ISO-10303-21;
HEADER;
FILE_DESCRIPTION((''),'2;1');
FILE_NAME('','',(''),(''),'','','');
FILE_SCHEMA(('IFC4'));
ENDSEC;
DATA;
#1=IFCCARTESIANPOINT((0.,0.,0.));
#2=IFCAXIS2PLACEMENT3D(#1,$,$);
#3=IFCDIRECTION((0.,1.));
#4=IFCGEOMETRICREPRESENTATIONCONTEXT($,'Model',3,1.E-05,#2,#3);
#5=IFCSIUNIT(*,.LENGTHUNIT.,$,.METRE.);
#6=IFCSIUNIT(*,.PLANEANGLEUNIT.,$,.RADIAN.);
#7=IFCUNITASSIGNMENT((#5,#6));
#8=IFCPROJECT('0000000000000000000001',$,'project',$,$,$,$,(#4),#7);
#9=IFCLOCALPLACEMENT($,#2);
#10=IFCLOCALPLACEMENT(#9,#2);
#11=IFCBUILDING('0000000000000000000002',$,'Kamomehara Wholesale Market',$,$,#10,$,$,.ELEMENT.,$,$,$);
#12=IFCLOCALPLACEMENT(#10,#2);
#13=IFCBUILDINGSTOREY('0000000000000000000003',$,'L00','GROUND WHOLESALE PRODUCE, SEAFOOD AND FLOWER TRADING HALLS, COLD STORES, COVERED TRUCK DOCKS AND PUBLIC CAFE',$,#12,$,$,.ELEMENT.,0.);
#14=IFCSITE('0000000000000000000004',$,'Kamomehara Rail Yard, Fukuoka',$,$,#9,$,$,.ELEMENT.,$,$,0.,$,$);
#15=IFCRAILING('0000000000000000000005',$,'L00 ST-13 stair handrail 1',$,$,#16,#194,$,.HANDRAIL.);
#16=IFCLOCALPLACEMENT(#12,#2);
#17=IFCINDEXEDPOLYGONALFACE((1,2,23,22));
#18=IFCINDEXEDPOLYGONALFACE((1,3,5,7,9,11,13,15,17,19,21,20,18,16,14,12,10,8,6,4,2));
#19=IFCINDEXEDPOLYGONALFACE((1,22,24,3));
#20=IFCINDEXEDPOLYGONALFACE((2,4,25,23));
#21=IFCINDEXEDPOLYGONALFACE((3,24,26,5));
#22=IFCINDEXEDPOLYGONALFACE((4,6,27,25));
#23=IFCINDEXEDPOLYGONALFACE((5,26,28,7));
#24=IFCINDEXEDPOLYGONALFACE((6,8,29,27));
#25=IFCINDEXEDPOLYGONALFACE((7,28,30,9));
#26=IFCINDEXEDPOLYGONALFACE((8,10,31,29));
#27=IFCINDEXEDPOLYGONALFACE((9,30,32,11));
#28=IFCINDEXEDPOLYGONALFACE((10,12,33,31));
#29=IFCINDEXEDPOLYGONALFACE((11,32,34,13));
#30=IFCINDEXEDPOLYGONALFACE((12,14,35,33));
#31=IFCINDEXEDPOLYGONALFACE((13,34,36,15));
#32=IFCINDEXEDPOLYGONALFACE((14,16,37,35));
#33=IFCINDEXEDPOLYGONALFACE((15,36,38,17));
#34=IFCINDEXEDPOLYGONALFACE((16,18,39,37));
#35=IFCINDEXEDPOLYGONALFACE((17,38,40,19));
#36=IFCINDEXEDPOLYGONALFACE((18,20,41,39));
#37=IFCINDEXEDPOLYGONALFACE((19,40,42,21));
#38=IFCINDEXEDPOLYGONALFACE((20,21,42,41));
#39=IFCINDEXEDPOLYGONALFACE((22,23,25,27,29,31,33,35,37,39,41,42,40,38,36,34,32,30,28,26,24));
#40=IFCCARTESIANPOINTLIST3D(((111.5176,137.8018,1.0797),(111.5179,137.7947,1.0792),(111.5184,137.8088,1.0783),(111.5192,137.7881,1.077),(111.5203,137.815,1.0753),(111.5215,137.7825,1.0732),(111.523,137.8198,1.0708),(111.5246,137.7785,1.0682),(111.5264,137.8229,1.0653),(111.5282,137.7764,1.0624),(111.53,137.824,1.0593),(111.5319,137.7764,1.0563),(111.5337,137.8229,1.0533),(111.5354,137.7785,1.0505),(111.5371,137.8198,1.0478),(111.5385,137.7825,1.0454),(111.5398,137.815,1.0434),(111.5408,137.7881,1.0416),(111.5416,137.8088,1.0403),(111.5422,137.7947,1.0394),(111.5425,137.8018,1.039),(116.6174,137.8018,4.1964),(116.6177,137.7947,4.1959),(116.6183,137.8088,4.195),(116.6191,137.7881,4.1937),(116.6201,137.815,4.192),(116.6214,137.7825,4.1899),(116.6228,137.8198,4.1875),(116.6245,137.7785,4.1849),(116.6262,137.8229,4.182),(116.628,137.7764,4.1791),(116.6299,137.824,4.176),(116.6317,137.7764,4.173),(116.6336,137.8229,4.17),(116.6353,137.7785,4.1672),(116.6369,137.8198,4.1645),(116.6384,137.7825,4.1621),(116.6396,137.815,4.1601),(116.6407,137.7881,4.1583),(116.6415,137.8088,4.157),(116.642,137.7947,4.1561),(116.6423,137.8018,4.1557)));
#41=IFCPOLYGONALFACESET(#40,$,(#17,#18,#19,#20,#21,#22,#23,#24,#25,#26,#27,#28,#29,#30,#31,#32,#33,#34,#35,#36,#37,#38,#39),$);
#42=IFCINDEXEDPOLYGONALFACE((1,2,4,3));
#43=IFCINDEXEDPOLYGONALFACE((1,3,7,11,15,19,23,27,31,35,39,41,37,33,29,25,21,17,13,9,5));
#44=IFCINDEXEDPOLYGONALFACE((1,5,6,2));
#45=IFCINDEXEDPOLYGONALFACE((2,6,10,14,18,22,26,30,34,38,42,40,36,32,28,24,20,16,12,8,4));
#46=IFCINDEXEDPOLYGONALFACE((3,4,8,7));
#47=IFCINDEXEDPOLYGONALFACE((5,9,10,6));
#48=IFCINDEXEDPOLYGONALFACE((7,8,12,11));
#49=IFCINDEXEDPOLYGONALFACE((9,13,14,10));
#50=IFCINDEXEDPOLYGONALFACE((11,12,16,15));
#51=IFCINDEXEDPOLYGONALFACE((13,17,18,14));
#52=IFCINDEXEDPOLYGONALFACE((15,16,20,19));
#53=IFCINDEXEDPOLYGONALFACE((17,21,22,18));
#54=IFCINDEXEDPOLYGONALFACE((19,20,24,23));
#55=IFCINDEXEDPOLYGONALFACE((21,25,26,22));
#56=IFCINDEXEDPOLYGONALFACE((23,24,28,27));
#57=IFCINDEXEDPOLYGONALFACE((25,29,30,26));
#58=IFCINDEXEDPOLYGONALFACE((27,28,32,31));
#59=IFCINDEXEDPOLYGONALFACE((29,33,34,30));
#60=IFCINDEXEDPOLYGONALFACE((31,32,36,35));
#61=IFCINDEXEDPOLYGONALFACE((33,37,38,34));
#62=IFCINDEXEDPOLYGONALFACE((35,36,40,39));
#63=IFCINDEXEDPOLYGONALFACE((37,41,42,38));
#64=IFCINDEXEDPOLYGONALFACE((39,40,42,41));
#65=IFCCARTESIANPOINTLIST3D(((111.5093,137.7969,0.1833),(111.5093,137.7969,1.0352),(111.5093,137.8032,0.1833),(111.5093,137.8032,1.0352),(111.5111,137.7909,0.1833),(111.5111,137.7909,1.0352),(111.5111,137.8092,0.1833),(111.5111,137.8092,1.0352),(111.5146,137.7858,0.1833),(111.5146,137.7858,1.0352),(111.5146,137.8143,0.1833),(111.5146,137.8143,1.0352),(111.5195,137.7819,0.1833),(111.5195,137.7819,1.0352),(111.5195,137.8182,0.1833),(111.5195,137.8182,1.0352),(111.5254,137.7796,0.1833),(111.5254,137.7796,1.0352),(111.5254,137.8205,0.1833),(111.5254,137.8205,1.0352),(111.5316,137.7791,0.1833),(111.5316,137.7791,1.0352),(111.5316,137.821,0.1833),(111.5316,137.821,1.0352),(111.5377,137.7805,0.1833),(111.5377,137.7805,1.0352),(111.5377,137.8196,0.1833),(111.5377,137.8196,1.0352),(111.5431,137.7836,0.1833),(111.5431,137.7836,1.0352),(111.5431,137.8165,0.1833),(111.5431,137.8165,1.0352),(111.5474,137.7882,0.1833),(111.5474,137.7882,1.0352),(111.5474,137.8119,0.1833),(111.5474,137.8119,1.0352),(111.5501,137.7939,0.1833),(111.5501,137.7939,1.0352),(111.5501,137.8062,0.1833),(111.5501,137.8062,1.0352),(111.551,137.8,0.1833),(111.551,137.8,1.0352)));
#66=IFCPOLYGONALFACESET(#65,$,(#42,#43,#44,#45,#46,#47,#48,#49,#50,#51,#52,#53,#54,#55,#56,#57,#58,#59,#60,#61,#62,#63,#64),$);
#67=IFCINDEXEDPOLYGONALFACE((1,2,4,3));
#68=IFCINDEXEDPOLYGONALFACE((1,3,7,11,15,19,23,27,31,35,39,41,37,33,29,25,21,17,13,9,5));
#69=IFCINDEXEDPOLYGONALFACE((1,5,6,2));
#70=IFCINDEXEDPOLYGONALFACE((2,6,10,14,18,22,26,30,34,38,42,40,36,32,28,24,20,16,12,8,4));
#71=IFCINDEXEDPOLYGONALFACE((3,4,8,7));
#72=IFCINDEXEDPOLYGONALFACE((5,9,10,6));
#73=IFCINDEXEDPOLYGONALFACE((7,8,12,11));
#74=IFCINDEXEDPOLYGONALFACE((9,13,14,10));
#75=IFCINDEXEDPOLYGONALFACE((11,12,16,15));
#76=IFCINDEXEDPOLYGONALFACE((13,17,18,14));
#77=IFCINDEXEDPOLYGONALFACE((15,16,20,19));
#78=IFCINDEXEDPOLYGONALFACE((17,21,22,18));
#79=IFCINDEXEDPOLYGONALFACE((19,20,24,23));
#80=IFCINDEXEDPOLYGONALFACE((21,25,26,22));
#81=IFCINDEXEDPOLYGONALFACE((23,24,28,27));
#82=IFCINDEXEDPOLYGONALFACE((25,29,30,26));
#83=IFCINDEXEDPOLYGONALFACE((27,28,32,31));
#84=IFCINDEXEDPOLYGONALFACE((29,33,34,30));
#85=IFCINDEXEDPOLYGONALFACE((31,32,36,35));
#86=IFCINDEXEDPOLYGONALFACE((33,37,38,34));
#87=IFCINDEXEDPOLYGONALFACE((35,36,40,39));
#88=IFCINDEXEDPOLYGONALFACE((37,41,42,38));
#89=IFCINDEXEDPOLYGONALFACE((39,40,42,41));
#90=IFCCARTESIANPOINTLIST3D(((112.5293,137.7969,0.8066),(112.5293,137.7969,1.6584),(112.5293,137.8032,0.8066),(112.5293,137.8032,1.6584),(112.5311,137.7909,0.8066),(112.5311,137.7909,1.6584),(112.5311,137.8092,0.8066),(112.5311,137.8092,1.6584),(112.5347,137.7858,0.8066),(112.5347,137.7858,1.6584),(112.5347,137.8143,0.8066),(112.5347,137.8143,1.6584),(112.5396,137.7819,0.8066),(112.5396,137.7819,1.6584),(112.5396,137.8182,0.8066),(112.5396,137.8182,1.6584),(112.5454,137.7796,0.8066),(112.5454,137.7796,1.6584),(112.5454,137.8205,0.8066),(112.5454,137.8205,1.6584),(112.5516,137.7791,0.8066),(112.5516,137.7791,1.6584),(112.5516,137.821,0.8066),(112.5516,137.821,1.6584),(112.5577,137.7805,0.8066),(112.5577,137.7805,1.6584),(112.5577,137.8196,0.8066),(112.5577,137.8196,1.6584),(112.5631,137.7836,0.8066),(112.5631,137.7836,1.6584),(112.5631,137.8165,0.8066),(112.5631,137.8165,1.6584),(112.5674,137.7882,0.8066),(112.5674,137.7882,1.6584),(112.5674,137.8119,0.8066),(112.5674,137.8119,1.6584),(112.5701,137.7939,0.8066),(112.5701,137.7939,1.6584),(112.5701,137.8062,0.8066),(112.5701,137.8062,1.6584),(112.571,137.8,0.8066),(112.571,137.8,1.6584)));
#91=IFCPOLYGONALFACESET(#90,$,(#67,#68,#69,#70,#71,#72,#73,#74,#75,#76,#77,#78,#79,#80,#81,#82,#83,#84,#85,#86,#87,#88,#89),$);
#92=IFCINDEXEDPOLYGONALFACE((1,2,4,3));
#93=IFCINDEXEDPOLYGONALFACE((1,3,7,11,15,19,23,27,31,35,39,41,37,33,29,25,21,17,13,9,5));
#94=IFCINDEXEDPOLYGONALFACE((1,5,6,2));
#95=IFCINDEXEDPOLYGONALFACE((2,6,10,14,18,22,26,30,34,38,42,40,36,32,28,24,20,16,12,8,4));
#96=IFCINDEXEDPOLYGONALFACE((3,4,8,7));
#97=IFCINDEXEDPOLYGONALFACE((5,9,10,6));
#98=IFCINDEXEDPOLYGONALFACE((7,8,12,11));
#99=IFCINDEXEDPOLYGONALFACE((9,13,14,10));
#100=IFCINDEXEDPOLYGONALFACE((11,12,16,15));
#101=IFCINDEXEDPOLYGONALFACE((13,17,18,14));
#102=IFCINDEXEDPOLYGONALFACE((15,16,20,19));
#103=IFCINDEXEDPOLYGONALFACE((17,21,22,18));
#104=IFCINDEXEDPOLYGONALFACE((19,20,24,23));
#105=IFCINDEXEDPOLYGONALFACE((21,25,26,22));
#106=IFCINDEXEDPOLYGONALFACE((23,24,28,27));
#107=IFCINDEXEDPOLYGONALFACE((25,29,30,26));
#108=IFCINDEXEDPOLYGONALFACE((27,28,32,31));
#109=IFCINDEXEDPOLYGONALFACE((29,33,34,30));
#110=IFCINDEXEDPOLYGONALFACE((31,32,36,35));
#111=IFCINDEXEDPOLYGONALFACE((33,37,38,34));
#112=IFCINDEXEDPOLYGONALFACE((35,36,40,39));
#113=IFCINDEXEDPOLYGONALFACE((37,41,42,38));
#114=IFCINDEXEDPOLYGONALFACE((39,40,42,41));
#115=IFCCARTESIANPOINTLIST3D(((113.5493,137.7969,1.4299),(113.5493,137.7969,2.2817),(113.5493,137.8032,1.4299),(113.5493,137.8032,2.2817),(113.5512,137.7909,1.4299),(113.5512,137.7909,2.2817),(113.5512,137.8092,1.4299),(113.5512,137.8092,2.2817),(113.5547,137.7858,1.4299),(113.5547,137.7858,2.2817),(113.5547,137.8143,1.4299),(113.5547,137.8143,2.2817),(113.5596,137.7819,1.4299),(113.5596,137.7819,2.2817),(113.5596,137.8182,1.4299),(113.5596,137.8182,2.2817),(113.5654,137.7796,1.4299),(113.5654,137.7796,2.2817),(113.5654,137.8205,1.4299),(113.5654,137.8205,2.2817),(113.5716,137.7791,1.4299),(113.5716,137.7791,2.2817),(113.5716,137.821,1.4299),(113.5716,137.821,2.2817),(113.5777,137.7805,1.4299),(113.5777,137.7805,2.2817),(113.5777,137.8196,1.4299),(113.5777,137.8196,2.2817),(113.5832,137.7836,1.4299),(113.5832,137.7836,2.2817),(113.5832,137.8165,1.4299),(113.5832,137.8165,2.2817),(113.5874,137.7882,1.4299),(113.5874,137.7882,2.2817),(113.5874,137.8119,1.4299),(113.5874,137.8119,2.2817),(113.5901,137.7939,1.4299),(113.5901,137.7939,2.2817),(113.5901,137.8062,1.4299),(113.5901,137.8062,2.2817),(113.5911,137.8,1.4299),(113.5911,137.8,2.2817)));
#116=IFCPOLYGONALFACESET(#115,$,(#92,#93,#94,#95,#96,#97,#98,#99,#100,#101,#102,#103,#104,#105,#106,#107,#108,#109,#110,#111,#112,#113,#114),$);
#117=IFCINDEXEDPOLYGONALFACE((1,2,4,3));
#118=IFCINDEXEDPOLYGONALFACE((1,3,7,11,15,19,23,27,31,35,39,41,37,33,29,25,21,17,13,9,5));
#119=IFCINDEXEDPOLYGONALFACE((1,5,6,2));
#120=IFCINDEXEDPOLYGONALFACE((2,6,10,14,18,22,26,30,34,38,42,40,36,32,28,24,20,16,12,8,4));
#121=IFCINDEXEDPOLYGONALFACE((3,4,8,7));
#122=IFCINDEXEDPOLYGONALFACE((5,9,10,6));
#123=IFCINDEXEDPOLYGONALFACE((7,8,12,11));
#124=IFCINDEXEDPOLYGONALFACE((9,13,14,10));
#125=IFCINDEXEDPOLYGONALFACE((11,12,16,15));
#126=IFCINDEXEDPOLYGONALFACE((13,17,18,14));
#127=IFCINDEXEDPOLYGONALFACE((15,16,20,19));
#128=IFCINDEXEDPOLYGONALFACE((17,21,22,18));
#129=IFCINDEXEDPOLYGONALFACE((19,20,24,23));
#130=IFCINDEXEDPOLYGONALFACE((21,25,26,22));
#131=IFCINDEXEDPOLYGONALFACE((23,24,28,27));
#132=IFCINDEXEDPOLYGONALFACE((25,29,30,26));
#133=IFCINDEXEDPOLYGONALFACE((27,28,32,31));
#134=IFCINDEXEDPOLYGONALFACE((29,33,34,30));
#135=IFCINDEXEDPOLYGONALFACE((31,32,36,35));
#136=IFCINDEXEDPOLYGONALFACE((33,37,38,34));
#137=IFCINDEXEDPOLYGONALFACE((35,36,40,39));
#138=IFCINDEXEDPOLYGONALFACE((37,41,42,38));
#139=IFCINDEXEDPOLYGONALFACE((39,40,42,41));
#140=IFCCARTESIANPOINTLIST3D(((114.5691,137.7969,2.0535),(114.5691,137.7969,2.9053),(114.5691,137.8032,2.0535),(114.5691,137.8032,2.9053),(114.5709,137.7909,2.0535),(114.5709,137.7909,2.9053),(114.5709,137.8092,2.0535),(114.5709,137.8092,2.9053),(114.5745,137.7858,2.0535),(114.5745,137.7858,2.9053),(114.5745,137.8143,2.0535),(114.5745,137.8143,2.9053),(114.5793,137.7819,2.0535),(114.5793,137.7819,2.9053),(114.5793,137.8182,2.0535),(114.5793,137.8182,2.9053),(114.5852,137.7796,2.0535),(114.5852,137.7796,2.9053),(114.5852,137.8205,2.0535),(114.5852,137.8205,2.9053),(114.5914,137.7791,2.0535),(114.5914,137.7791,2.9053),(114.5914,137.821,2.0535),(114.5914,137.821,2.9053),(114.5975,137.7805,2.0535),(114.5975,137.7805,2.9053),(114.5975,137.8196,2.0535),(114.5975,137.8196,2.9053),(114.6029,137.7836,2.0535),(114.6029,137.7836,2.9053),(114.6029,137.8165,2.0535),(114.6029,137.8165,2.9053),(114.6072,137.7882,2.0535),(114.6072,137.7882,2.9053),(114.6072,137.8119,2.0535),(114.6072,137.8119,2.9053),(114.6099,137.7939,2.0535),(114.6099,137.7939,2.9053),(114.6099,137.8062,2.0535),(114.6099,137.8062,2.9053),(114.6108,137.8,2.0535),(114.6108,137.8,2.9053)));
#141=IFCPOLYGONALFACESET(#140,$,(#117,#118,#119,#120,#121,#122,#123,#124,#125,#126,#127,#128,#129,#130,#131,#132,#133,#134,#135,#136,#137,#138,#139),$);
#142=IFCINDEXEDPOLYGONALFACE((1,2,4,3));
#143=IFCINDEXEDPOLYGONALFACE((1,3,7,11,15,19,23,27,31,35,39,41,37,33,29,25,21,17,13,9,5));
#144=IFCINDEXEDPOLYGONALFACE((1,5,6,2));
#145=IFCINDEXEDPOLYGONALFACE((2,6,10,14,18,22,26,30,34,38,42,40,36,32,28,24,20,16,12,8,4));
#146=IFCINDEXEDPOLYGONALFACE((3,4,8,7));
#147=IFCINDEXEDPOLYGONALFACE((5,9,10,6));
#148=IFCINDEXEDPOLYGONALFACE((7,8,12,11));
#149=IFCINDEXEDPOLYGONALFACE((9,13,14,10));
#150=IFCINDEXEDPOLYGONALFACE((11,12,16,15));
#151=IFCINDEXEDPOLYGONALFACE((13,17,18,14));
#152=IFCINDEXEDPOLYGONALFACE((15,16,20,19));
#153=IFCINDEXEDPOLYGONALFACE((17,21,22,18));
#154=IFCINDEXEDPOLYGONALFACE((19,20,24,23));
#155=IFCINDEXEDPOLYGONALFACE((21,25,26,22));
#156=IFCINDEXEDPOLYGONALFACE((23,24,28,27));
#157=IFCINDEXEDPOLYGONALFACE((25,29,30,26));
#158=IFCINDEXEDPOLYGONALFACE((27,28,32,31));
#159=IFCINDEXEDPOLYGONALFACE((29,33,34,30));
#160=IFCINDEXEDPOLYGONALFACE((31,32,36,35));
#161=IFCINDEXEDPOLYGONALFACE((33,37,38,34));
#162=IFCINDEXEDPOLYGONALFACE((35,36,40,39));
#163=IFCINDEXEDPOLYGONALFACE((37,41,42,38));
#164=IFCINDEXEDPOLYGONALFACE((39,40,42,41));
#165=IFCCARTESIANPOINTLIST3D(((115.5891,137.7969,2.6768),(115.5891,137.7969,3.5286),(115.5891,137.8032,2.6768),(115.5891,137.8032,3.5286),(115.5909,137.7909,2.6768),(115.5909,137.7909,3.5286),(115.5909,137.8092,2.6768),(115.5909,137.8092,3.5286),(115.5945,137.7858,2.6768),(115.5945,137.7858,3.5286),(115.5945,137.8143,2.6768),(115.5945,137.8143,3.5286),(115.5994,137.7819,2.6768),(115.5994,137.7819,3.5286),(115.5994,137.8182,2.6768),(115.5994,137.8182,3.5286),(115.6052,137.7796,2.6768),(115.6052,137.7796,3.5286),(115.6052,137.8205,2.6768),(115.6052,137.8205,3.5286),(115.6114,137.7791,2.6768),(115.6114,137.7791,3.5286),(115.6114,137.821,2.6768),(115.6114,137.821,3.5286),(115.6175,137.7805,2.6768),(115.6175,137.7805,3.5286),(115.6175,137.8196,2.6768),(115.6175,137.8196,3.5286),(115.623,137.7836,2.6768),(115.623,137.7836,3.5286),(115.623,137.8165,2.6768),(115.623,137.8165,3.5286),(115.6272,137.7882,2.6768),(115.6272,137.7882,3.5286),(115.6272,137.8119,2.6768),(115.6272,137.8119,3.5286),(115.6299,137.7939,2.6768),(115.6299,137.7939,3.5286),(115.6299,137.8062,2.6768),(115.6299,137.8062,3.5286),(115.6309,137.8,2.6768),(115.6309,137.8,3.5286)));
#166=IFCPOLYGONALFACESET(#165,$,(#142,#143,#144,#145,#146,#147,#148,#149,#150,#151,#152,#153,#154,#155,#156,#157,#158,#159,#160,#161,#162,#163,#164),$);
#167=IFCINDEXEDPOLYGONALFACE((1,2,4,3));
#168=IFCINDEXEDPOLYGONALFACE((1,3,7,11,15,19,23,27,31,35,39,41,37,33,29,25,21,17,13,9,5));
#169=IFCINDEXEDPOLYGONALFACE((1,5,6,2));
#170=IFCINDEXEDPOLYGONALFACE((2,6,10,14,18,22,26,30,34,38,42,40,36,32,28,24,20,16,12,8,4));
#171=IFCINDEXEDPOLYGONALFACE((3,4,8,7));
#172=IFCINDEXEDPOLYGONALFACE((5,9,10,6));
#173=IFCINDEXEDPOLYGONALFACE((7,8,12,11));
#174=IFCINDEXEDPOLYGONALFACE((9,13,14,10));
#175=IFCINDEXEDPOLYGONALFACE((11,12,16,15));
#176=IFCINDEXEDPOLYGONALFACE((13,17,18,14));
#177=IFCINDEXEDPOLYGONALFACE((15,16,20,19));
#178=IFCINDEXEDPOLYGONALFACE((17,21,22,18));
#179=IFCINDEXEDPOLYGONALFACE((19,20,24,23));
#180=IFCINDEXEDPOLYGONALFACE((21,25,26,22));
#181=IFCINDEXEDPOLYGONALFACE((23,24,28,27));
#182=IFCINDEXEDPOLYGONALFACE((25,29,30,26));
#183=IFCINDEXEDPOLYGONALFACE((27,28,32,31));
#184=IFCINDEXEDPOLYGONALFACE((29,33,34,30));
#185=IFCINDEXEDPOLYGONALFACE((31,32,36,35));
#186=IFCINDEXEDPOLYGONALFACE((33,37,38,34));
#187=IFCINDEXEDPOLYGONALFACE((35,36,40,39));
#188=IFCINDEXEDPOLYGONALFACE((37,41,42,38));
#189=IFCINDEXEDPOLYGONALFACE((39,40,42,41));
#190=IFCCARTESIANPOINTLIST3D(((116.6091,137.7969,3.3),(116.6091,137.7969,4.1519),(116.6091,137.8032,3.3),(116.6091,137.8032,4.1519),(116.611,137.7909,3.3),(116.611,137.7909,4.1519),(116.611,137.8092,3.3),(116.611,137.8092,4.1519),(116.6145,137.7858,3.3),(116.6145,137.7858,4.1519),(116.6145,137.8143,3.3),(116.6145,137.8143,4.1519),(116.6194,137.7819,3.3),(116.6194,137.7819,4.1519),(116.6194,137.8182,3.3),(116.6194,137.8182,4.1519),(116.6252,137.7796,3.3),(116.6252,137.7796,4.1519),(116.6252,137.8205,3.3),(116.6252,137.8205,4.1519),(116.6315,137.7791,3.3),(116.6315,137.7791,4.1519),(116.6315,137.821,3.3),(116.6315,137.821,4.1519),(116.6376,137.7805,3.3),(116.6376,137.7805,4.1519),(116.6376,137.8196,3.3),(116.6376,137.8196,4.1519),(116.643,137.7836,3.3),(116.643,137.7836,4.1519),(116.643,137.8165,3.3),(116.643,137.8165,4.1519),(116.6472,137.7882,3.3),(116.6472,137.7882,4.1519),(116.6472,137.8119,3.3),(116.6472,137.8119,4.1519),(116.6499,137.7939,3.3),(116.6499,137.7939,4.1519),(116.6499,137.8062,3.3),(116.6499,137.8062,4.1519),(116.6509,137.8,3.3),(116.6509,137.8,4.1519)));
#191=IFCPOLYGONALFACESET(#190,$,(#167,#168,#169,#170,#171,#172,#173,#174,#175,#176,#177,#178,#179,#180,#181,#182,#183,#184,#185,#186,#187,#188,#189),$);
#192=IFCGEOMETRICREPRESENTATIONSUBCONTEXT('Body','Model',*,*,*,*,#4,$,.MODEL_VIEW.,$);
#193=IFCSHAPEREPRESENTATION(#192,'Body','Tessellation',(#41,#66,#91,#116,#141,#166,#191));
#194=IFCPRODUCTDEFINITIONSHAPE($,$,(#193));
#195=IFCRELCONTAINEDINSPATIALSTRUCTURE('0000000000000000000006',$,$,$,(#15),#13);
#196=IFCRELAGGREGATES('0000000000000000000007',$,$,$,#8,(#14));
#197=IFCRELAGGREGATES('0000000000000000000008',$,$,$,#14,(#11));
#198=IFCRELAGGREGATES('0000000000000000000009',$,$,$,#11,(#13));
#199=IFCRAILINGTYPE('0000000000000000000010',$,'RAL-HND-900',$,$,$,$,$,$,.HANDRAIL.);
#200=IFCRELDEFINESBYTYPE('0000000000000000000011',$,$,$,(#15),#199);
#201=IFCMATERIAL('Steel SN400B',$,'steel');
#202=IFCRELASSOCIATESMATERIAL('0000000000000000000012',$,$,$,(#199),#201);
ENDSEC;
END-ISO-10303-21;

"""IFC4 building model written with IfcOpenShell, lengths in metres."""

from ifc_helpers import new_model, si_unit, direction, frame, origin, origin_2d, place, context, subcontext, project, spatial, circle, extrude, material, type_object, element, save


model = new_model("IFC4")

# Units and contexts
model_context = context("Model", 3, precision=1e-05, world=origin(), true_north=direction((0.0, 1.0)))
body_context = subcontext(model_context, "Body", "Model", "MODEL_VIEW")
ifc_project = project(units=[si_unit("LENGTHUNIT", "METRE"), si_unit("PLANEANGLEUNIT", "RADIAN")], contexts=[model_context])

# Site, building, storey
site_placement = place(None, origin())
site = spatial("IfcSite", under=ifc_project, at=site_placement, Name="Kamomehara Rail Yard, Fukuoka", CompositionType="ELEMENT", RefElevation=0.0)
building_placement = place(site_placement, origin())
building = spatial("IfcBuilding", under=site, at=building_placement, Name="Kamomehara Wholesale Market", CompositionType="ELEMENT")
storey_placement = place(building_placement, origin())
storey = spatial("IfcBuildingStorey", under=building, at=storey_placement, Name="L00", Description="GROUND WHOLESALE PRODUCE, SEAFOOD AND FLOWER TRADING HALLS, COLD STORES, COVERED TRUCK DOCKS AND PUBLIC CAFE", CompositionType="ELEMENT", Elevation=0.0)

# Railing
ifc_material_1 = material(Name="Steel SN400B", Category="steel")
railing_type_1 = type_object("IfcRailingType", Name="RAL-HND-900", PredefinedType="HANDRAIL", material=ifc_material_1)
railing_1_placement = place(storey_placement, frame((111.53, 137.8, 0.1833)))
element("IfcRailing", 1, at=railing_1_placement, inside=storey, type_object=railing_type_1, Name="L00 ST-13 stair handrail 1", PredefinedType="HANDRAIL", context=body_context, shape_type="SweptSolid", body=[
    extrude(circle(Radius=0.0239, at=origin_2d()), frame((0.0, 0.0, 0.876), z_axis=(0.853273, 0.0, 0.521465), x_axis=(0.0, 1.0, 0.0)), (0.0, 0.0, 1.0), 5.9768),
    extrude(circle(Radius=0.021, at=origin_2d()), origin(), (0.0, 0.0, 1.0), 0.8518),
    extrude(circle(Radius=0.021, at=origin_2d()), frame((1.02, 0.0, 0.6233)), (0.0, 0.0, 1.0), 0.8518),
    extrude(circle(Radius=0.021, at=origin_2d()), frame((2.04, 0.0, 1.2466)), (0.0, 0.0, 1.0), 0.8518),
    extrude(circle(Radius=0.021, at=origin_2d()), frame((3.0598, 0.0, 1.8701)), (0.0, 0.0, 1.0), 0.8518),
    extrude(circle(Radius=0.021, at=origin_2d()), frame((4.0798, 0.0, 2.4934)), (0.0, 0.0, 1.0), 0.8518),
    extrude(circle(Radius=0.021, at=origin_2d()), frame((5.0999, 0.0, 3.1167)), (0.0, 0.0, 1.0), 0.8518),
])

save(model, "model.ifc")
